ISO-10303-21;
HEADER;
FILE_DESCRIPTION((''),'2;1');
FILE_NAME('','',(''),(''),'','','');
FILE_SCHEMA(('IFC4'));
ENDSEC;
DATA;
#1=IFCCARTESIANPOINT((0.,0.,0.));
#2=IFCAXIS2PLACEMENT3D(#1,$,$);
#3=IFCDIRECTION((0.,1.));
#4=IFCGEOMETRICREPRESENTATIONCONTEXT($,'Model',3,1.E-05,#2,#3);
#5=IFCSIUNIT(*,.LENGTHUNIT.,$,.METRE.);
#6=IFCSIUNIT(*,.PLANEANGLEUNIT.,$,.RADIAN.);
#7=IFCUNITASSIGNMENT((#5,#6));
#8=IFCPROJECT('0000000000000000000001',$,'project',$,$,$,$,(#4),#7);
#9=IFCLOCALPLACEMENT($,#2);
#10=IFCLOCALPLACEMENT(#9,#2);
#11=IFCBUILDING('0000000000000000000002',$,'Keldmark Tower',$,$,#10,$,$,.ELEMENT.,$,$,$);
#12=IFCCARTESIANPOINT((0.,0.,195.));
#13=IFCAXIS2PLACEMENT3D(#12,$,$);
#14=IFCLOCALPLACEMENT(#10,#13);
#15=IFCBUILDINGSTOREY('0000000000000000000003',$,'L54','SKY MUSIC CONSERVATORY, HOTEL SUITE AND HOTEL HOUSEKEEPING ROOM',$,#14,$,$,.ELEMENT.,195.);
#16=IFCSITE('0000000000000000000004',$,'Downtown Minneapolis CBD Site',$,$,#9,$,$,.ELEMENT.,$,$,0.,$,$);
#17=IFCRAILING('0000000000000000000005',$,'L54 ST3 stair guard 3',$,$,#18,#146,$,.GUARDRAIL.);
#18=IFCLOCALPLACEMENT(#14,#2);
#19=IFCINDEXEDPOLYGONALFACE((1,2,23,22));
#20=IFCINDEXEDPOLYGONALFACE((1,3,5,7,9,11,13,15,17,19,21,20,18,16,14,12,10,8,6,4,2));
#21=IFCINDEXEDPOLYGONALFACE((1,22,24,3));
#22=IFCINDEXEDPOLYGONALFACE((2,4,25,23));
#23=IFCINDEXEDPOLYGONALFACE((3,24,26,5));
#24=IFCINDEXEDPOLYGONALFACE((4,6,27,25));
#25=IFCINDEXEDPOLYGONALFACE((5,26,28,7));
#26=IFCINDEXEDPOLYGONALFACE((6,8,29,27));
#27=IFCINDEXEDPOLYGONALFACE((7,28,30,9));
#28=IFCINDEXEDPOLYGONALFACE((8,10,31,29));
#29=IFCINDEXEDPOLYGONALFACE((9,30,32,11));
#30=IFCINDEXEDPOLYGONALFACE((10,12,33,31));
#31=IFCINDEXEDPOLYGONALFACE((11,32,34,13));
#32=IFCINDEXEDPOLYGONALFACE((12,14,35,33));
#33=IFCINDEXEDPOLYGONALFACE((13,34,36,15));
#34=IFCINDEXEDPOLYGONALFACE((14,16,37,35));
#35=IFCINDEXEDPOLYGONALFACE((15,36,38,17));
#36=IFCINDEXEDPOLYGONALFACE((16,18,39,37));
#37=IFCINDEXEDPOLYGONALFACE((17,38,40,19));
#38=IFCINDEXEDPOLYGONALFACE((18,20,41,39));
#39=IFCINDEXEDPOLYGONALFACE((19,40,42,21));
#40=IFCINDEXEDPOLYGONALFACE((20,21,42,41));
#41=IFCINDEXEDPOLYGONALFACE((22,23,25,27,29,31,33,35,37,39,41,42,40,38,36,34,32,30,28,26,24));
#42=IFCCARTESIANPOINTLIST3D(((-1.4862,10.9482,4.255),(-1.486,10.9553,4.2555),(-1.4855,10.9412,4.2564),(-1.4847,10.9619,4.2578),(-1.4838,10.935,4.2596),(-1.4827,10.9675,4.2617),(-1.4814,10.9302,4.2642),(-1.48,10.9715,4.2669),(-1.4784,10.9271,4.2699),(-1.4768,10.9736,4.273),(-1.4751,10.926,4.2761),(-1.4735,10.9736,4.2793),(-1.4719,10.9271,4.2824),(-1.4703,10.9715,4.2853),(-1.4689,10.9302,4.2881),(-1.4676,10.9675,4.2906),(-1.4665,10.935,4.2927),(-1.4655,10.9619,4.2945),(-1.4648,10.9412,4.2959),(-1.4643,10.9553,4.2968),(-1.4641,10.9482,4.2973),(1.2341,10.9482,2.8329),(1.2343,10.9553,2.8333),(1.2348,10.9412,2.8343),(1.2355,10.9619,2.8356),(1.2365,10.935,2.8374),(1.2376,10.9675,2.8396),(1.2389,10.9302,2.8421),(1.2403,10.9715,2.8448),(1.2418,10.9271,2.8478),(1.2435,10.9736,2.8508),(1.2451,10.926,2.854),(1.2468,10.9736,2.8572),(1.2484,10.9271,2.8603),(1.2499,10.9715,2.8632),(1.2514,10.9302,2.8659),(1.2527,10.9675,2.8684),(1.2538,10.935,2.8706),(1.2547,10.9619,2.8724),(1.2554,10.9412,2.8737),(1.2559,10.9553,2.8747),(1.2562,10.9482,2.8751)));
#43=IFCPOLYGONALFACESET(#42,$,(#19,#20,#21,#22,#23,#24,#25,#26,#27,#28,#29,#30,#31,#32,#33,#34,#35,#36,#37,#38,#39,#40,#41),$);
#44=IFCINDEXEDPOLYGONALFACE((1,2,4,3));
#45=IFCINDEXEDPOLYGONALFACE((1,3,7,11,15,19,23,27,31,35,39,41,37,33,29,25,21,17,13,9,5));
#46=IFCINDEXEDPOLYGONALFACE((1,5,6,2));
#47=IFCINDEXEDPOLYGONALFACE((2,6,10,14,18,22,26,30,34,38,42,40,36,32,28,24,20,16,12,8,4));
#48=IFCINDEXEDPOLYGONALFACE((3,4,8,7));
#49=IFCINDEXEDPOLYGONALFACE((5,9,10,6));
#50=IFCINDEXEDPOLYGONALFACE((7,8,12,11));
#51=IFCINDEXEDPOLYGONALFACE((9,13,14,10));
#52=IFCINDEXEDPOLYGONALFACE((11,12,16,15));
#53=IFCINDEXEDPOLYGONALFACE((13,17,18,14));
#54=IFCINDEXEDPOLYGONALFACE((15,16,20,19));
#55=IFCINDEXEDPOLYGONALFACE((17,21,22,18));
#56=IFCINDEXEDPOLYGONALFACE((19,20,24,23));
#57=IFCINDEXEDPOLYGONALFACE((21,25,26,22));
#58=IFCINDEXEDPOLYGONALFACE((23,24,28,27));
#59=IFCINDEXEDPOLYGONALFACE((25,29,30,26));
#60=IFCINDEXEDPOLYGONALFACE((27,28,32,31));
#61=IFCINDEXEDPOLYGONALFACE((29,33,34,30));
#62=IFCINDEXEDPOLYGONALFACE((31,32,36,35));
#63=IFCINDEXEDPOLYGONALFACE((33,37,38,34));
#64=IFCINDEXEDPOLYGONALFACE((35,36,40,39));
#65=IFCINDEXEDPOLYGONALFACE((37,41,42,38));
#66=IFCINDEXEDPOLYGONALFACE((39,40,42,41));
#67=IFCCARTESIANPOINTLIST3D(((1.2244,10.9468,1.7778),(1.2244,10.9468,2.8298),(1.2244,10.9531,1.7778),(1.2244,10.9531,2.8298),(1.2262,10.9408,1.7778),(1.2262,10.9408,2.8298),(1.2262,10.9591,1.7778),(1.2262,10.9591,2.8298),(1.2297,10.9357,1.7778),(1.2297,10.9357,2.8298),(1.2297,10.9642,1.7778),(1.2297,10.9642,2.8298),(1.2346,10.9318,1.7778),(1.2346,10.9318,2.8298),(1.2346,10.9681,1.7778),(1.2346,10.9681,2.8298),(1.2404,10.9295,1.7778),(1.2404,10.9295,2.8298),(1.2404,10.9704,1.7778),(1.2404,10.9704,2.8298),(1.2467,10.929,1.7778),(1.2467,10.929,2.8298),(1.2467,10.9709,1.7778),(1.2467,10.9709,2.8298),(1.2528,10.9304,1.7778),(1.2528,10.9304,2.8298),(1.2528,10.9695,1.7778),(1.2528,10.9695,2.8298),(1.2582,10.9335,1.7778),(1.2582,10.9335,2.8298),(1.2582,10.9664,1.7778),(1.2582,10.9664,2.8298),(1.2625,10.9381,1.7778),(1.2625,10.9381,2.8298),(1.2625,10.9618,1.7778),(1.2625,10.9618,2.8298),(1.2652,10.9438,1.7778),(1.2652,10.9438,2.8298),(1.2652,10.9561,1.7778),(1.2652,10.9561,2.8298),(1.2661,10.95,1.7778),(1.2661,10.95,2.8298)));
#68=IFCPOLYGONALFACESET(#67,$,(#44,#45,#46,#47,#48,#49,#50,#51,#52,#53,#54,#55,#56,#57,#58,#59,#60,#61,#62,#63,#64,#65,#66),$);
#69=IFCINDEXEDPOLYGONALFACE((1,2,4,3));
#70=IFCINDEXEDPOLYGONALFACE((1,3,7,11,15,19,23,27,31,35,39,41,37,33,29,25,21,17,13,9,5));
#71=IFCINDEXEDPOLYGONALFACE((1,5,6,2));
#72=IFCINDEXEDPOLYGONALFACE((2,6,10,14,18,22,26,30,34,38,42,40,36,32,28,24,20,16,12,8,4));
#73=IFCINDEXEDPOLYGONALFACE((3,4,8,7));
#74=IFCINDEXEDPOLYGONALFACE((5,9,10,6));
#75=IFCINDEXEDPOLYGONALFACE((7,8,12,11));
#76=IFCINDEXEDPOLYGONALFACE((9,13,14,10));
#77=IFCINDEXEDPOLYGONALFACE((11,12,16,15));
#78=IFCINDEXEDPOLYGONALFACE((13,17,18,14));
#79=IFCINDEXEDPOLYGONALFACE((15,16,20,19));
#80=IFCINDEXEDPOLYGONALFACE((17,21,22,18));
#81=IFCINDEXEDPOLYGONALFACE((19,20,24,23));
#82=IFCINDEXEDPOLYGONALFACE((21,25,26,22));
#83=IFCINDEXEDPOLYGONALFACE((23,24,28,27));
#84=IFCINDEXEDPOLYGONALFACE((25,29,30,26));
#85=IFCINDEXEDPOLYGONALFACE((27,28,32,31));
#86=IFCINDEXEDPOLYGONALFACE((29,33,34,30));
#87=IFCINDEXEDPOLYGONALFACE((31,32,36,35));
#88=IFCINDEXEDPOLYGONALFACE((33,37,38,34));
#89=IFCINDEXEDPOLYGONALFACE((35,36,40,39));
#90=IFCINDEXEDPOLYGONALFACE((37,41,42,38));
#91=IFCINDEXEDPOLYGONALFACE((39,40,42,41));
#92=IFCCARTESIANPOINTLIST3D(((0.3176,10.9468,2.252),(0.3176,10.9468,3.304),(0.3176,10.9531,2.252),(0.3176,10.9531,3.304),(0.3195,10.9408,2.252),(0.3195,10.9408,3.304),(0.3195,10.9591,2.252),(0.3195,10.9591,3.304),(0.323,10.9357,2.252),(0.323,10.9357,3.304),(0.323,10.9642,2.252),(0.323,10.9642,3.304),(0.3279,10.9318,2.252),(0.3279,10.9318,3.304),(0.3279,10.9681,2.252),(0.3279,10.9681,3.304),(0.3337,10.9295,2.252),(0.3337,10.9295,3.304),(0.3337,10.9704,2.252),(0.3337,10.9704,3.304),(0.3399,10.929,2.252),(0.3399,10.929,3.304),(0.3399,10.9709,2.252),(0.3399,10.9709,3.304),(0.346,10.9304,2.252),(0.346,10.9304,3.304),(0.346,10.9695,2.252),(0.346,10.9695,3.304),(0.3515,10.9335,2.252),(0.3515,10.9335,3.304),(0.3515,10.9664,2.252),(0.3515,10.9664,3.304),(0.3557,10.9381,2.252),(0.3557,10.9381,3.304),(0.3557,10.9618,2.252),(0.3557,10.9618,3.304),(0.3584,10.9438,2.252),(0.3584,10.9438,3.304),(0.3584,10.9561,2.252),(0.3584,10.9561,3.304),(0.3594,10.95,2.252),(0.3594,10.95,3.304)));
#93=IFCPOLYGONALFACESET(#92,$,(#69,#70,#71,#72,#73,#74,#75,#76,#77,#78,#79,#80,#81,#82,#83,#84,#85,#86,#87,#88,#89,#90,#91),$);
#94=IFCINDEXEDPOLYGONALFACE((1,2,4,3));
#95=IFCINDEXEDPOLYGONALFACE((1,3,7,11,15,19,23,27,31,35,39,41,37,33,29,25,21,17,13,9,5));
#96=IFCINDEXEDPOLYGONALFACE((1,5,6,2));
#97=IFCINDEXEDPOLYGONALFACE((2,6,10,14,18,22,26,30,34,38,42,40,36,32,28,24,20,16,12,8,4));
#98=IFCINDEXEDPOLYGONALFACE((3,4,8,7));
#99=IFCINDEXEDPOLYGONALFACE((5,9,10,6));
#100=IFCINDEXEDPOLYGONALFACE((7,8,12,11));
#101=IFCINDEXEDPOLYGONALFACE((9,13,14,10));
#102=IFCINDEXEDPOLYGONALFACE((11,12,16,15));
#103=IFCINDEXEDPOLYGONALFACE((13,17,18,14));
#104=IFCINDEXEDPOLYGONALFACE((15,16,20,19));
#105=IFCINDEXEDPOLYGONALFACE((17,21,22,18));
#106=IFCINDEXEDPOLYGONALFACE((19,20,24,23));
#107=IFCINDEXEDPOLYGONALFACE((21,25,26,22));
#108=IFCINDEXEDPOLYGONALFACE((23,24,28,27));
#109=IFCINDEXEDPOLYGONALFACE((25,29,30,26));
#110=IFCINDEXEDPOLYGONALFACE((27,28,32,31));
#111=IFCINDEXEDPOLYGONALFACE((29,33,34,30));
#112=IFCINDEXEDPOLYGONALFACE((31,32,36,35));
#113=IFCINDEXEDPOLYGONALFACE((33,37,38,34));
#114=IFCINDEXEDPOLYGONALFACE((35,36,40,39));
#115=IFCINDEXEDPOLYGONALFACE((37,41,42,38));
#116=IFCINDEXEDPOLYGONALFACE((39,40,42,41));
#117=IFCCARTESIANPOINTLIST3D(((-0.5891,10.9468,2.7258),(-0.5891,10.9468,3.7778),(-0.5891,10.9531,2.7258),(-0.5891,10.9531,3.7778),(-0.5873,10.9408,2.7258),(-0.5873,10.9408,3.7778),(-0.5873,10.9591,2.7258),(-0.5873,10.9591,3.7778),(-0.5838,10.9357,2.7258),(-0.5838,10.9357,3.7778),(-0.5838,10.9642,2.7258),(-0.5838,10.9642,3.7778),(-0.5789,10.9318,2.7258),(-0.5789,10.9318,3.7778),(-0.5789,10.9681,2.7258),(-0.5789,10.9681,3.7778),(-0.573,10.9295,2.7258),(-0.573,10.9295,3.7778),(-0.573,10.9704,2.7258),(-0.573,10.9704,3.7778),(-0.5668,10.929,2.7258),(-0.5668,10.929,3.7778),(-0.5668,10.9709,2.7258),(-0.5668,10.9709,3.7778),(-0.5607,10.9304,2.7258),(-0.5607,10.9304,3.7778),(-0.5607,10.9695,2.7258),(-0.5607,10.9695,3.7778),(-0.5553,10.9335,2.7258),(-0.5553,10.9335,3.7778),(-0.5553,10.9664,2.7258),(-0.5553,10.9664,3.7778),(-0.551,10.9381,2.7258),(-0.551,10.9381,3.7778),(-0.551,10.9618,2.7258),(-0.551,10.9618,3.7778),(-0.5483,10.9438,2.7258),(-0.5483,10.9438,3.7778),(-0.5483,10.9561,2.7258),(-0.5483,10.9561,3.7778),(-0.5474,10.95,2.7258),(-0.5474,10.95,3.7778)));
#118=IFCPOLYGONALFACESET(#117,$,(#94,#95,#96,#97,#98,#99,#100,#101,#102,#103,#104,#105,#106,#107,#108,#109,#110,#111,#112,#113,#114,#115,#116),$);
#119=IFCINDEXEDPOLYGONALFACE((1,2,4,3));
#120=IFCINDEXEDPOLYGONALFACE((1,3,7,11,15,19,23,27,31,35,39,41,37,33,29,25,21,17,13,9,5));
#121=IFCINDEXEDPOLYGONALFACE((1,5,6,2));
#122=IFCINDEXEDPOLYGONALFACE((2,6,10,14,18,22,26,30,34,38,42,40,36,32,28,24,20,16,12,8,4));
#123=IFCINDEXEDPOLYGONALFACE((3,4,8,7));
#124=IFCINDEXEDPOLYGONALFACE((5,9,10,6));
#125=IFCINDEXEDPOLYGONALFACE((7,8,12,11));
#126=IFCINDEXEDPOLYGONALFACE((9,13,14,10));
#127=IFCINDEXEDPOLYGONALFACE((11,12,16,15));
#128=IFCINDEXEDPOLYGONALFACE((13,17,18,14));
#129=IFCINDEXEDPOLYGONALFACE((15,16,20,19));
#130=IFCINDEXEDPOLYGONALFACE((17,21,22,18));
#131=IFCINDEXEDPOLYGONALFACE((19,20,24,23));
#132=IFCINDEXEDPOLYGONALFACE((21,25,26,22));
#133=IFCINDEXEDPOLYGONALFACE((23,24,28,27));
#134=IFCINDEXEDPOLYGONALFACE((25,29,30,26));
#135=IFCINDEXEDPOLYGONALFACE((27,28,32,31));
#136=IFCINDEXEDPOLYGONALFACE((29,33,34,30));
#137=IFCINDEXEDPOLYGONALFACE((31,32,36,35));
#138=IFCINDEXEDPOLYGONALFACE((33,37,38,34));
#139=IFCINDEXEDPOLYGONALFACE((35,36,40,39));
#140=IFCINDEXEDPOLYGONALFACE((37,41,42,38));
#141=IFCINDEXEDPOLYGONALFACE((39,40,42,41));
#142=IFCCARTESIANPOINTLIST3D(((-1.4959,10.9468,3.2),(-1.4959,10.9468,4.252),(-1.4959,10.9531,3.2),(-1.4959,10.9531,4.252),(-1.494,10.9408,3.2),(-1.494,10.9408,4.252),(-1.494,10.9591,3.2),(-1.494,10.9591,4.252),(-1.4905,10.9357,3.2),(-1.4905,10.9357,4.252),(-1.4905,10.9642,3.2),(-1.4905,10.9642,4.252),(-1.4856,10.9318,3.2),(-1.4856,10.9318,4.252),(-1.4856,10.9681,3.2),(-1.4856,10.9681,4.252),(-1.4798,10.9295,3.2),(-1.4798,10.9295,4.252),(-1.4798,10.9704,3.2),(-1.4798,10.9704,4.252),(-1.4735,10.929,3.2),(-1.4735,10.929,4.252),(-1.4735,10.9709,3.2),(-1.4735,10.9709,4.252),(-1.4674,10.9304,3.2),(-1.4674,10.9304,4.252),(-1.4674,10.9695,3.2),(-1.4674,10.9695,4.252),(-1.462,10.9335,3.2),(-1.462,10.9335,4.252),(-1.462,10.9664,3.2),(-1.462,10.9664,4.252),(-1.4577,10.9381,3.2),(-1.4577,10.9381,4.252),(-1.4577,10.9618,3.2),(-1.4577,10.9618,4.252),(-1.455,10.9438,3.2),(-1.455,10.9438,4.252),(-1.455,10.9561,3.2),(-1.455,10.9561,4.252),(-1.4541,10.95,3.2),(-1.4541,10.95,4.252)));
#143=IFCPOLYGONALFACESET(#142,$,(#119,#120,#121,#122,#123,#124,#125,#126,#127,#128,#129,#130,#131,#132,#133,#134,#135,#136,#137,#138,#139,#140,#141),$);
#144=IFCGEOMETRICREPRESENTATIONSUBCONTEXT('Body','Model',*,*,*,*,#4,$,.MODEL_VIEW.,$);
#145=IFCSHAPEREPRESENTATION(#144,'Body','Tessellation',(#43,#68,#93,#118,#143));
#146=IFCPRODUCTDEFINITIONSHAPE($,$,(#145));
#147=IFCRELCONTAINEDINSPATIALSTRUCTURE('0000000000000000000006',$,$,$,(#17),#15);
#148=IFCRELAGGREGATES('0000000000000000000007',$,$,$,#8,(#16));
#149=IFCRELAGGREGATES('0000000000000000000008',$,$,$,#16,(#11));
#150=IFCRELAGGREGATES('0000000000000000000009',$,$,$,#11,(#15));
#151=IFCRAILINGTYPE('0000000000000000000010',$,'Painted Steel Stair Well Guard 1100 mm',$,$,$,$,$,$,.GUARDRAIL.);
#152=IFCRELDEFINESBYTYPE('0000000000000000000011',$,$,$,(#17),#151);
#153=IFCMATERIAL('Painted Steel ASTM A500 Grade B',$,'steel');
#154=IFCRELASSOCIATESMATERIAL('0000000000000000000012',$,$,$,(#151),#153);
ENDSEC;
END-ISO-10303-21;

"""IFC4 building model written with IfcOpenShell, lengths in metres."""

from ifc_helpers import new_model, si_unit, direction, frame, origin, origin_2d, place, context, subcontext, project, spatial, circle, extrude, material, type_object, element, save


model = new_model("IFC4")

# Units and contexts
model_context = context("Model", 3, precision=1e-05, world=origin(), true_north=direction((0.0, 1.0)))
body_context = subcontext(model_context, "Body", "Model", "MODEL_VIEW")
ifc_project = project(units=[si_unit("LENGTHUNIT", "METRE"), si_unit("PLANEANGLEUNIT", "RADIAN")], contexts=[model_context])

# Site, building, storey
site_placement = place(None, origin())
site = spatial("IfcSite", under=ifc_project, at=site_placement, Name="Downtown Minneapolis CBD Site", CompositionType="ELEMENT", RefElevation=0.0)
building_placement = place(site_placement, origin())
building = spatial("IfcBuilding", under=site, at=building_placement, Name="Keldmark Tower", CompositionType="ELEMENT")
storey_placement = place(building_placement, frame((0.0, 0.0, 195.0)))
storey = spatial("IfcBuildingStorey", under=building, at=storey_placement, Name="L54", Description="SKY MUSIC CONSERVATORY, HOTEL SUITE AND HOTEL HOUSEKEEPING ROOM", CompositionType="ELEMENT", Elevation=195.0)

# Railing
ifc_material_1 = material(Name="Painted Steel ASTM A500 Grade B", Category="steel")
railing_type_1 = type_object("IfcRailingType", Name="Painted Steel Stair Well Guard 1100 mm", PredefinedType="GUARDRAIL", material=ifc_material_1)
railing_1_placement = place(storey_placement, frame((1.2451, 10.95, 1.7778)))
element("IfcRailing", 1, at=railing_1_placement, inside=storey, type_object=railing_type_1, Name="L54 ST3 stair guard 3", PredefinedType="GUARDRAIL", context=body_context, shape_type="SweptSolid", body=[
    extrude(circle(Radius=0.0239, at=origin_2d()), frame((0.0, 0.0, 1.0762), z_axis=(-0.8862, 0.0, 0.463302), x_axis=(0.0, -1.0, 0.0)), (0.0, 0.0, 1.0), 3.0696),
    extrude(circle(Radius=0.021, at=origin_2d()), origin(), (0.0, 0.0, 1.0), 1.052),
    extrude(circle(Radius=0.021, at=origin_2d()), frame((-0.9067, 0.0, 0.4741)), (0.0, 0.0, 1.0), 1.052),
    extrude(circle(Radius=0.021, at=origin_2d()), frame((-1.8135, 0.0, 0.948)), (0.0, 0.0, 1.0), 1.052),
    extrude(circle(Radius=0.021, at=origin_2d()), frame((-2.7202, 0.0, 1.4221)), (0.0, 0.0, 1.0), 1.052),
])

save(model, "model.ifc")
